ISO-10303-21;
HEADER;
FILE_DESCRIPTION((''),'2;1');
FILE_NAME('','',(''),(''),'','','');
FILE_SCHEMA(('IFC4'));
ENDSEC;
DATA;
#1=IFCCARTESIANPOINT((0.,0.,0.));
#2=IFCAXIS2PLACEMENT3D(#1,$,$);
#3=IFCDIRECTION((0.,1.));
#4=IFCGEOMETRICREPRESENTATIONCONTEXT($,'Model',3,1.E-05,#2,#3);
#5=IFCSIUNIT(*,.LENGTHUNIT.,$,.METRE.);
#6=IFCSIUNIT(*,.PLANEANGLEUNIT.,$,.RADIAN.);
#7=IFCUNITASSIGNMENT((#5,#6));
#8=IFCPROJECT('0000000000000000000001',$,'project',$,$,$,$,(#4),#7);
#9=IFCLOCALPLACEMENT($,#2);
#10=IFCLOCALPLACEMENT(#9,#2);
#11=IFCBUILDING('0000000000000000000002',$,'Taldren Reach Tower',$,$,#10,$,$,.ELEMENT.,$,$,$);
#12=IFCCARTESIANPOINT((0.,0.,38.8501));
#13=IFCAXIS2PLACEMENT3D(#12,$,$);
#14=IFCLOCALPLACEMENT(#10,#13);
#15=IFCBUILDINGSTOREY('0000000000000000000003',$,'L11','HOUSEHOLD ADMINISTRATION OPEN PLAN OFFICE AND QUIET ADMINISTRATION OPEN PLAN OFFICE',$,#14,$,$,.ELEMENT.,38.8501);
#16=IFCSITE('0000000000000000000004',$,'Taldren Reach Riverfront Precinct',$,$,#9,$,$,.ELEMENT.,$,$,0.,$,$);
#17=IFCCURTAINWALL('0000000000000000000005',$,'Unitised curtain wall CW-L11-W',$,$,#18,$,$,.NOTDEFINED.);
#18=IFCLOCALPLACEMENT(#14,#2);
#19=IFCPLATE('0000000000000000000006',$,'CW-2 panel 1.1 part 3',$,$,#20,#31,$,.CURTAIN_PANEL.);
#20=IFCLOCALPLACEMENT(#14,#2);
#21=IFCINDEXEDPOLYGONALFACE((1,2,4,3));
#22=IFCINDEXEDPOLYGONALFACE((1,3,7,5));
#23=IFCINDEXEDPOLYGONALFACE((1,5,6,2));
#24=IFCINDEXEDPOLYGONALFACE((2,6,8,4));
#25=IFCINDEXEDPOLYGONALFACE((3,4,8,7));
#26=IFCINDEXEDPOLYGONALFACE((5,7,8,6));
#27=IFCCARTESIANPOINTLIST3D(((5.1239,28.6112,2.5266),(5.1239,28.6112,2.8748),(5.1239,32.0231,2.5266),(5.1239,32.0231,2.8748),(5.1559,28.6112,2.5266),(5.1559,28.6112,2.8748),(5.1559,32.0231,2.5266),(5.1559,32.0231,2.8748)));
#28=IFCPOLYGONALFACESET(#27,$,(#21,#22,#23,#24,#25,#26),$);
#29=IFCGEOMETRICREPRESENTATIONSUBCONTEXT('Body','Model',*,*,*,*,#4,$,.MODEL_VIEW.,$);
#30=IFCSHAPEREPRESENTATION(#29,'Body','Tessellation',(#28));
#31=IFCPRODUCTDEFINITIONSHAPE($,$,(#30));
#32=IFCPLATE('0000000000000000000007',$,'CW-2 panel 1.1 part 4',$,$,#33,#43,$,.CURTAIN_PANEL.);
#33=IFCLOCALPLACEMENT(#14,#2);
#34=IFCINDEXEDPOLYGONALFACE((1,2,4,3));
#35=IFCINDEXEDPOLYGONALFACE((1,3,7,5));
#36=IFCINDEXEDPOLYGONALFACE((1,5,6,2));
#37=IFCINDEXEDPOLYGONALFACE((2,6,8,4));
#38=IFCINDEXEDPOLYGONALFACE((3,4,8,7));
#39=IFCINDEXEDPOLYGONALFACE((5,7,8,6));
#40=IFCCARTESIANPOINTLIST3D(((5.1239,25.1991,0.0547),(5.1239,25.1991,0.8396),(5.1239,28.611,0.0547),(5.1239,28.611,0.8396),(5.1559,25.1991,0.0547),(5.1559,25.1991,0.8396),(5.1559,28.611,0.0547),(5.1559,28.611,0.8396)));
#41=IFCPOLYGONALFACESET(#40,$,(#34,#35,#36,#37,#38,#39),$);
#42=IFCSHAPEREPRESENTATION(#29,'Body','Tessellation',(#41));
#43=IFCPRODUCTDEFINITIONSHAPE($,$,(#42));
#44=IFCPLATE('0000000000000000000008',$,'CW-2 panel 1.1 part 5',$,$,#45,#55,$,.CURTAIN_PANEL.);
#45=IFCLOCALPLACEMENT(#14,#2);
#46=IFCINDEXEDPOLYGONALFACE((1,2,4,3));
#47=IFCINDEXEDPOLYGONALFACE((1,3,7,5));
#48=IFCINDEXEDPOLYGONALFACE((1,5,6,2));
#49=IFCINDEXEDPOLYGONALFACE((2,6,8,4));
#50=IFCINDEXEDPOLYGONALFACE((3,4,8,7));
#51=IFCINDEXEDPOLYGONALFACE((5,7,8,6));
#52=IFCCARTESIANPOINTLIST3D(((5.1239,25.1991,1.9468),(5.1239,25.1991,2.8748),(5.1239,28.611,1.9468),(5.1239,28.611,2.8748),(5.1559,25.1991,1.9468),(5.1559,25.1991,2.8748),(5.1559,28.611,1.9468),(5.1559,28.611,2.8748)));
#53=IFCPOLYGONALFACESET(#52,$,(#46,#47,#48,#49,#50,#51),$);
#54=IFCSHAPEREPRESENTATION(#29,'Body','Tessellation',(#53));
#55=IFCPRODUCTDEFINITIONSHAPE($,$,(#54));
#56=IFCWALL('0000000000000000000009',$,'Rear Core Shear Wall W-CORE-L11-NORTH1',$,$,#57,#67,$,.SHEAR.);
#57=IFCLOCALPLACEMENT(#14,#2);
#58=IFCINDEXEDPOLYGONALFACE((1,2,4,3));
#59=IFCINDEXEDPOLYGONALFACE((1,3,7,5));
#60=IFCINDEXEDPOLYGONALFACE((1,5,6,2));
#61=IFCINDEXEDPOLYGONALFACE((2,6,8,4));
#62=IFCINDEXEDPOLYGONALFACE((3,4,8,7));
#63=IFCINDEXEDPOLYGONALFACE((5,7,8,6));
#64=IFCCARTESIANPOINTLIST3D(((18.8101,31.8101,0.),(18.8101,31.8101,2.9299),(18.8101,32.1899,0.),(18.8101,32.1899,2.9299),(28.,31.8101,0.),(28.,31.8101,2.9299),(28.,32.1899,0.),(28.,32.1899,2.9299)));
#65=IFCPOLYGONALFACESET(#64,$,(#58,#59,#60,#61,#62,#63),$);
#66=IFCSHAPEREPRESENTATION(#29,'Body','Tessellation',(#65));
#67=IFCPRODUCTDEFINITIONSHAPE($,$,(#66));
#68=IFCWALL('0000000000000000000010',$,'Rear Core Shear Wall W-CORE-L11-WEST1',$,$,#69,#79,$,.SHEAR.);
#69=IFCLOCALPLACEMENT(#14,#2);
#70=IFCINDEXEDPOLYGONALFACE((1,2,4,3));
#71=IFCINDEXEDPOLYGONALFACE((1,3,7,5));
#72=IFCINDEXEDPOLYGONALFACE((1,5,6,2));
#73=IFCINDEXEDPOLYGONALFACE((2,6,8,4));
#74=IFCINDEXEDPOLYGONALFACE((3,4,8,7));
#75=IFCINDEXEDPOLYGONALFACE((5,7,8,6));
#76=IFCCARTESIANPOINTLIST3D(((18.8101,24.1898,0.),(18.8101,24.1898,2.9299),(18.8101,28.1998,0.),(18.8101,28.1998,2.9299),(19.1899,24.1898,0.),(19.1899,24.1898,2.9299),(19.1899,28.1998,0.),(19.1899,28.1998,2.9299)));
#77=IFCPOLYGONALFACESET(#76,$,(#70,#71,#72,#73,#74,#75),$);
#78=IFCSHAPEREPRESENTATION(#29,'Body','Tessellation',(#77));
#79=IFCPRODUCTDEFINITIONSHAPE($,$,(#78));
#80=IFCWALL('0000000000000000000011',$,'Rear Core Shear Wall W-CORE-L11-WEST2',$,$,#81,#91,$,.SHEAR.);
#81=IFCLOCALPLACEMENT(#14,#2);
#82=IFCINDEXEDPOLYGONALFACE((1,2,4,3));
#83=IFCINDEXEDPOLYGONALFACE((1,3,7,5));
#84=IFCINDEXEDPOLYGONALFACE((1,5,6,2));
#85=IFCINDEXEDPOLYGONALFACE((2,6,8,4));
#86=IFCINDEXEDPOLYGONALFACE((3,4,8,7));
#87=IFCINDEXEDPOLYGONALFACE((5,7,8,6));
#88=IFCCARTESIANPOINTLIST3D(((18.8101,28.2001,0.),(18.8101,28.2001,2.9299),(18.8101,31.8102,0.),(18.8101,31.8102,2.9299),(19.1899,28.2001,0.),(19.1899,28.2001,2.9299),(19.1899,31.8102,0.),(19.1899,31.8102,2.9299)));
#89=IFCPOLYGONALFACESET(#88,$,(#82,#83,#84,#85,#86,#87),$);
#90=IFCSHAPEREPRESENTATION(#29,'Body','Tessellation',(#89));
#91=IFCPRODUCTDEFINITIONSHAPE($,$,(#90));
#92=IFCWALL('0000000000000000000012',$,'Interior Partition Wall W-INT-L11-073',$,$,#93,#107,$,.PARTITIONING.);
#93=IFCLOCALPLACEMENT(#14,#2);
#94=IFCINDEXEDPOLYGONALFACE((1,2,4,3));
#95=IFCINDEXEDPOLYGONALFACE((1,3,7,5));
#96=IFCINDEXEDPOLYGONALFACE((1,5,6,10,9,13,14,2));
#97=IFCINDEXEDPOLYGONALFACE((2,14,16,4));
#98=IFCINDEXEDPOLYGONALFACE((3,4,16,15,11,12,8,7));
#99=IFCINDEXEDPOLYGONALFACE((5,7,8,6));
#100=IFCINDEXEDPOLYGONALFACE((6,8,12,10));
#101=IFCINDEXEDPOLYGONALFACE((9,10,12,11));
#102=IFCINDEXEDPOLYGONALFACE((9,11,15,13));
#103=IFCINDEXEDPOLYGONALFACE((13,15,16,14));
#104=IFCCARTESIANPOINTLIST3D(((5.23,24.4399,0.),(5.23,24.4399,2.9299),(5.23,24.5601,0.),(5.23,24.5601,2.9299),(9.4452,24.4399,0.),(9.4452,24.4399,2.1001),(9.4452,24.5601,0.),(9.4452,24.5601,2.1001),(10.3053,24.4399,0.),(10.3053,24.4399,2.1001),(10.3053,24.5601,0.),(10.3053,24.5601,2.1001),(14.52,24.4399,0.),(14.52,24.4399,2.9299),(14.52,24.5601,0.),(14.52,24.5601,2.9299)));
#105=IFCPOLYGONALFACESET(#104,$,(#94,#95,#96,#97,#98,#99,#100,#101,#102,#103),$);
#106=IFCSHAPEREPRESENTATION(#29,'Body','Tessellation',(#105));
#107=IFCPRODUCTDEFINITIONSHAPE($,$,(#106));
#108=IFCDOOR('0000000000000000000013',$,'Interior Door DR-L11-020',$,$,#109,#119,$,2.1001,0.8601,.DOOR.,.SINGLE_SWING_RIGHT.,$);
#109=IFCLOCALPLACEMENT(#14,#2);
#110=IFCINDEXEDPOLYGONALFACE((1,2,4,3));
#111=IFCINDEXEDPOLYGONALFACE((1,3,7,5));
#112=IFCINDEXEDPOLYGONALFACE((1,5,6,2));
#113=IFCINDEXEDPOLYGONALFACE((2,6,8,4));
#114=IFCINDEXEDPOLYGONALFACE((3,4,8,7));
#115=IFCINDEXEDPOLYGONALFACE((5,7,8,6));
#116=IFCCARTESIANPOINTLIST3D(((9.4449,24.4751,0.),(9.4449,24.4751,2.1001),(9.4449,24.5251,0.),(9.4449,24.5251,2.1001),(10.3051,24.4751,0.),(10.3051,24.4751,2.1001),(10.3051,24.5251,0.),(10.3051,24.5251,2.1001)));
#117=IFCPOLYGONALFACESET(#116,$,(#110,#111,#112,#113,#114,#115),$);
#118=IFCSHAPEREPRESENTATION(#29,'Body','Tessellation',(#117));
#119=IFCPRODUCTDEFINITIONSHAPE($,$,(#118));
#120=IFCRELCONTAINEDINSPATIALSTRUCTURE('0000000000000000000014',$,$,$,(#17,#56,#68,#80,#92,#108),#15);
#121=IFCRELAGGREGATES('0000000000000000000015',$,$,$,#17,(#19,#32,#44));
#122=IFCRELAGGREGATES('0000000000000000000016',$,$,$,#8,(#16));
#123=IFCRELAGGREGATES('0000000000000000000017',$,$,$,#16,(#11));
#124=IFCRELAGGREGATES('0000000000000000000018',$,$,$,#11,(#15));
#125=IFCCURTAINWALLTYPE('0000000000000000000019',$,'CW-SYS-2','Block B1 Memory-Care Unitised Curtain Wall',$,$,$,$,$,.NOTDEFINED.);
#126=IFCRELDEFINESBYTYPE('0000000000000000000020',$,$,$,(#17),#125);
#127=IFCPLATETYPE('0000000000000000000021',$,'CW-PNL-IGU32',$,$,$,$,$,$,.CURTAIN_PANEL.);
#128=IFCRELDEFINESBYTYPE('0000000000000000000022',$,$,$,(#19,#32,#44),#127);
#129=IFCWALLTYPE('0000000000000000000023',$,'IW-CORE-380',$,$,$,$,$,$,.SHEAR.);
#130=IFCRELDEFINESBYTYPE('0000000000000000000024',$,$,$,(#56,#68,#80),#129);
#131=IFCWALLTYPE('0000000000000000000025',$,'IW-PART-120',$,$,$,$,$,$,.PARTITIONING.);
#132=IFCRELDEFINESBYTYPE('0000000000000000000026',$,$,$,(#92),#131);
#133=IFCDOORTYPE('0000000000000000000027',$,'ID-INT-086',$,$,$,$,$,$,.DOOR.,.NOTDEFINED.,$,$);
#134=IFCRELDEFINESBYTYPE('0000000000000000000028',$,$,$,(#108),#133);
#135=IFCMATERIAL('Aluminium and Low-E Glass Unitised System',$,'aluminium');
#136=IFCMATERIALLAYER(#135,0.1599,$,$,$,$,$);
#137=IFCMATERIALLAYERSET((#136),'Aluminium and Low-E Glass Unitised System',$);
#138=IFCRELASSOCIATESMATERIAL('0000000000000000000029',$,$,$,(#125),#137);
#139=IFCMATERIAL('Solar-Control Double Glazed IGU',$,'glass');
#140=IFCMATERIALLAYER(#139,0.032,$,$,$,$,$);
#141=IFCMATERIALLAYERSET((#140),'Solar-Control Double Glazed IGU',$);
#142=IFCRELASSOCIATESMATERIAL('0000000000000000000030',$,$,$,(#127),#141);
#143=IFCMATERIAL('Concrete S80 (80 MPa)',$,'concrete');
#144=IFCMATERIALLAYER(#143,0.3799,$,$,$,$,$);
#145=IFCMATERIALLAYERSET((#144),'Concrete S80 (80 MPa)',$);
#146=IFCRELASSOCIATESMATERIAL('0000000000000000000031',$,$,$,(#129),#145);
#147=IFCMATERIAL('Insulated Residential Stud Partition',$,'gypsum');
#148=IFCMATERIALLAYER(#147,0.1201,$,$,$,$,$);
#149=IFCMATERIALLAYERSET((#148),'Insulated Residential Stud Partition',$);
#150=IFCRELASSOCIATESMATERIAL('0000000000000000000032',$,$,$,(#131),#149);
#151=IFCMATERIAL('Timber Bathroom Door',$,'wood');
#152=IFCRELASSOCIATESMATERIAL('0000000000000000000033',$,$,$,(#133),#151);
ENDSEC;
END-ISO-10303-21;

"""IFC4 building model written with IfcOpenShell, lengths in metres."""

from ifc_helpers import new_model, si_unit, direction, frame, frame_2d, origin, origin_2d, place, context, subcontext, project, spatial, rectangle, extrude, source, transform, mapped, material, layer, layer_set, type_object, element, fill, aggregate, save


model = new_model("IFC4")

# Units and contexts
model_context = context("Model", 3, precision=1e-05, world=origin(), true_north=direction((0.0, 1.0)))
body_context = subcontext(model_context, "Body", "Model", "MODEL_VIEW")
ifc_project = project(units=[si_unit("LENGTHUNIT", "METRE"), si_unit("PLANEANGLEUNIT", "RADIAN")], contexts=[model_context])

# Site, building, storey
site_placement = place(None, origin())
site = spatial("IfcSite", under=ifc_project, at=site_placement, Name="Taldren Reach Riverfront Precinct", CompositionType="ELEMENT", RefElevation=0.0)
building_placement = place(site_placement, origin())
building = spatial("IfcBuilding", under=site, at=building_placement, Name="Taldren Reach Tower", CompositionType="ELEMENT")
storey_placement = place(building_placement, frame((0.0, 0.0, 38.8501)))
storey = spatial("IfcBuildingStorey", under=building, at=storey_placement, Name="L11", Description="HOUSEHOLD ADMINISTRATION OPEN PLAN OFFICE AND QUIET ADMINISTRATION OPEN PLAN OFFICE", CompositionType="ELEMENT", Elevation=38.8501)

# Curtain wall
ifc_material_1 = material(Name="Aluminium and Low-E Glass Unitised System", Category="aluminium")
ifc_layer_1 = layer(ifc_material_1, 0.1599)
ifc_layer_set_1 = layer_set([ifc_layer_1], Name="Aluminium and Low-E Glass Unitised System")
curtain_wall_type = type_object("IfcCurtainWallType", Name="CW-SYS-2", Description="Block B1 Memory-Care Unitised Curtain Wall", PredefinedType="NOTDEFINED", material=ifc_layer_set_1)
curtain_wall_placement = place(storey_placement, origin())
curtain_wall = element("IfcCurtainWall", 1, at=curtain_wall_placement, inside=storey, type_object=curtain_wall_type, Name="Unitised curtain wall CW-L11-W", PredefinedType="NOTDEFINED")

# Plates
ifc_material_2 = material(Name="Solar-Control Double Glazed IGU", Category="glass")
ifc_layer_2 = layer(ifc_material_2, 0.032)
ifc_layer_set_2 = layer_set([ifc_layer_2], Name="Solar-Control Double Glazed IGU")
plate_type_1 = type_object("IfcPlateType", Name="CW-PNL-IGU32", PredefinedType="CURTAIN_PANEL", material=ifc_layer_set_2)
shared_shape_1 = source(origin(), body_context, "Body", "SweptSolid", [
    extrude(rectangle(XDim=3.4119, YDim=0.032, at=origin_2d()), origin(), (0.0, 0.0, 1.0), 0.3481),
])
plate_1_placement = place(storey_placement, frame((5.1399, 30.3171, 2.5266), z_axis=(0.0, 0.0, 1.0), x_axis=(0.0, -1.0, 0.0)))
plate_1 = element("IfcPlate", 2, at=plate_1_placement, type_object=plate_type_1, Name="CW-2 panel 1.1 part 3", PredefinedType="CURTAIN_PANEL", context=body_context, shape_type="MappedRepresentation", body=[
    mapped(shared_shape_1, transform((0.0, 0.0, 0.0), scale=1.0)),
])
shared_shape_2 = source(origin(), body_context, "Body", "SweptSolid", [
    extrude(rectangle(XDim=3.4119, YDim=0.032, at=origin_2d()), origin(), (0.0, 0.0, 1.0), 0.7849),
])
plate_2_placement = place(storey_placement, frame((5.1399, 26.905, 0.0547), z_axis=(0.0, 0.0, 1.0), x_axis=(0.0, -1.0, 0.0)))
plate_2 = element("IfcPlate", 3, at=plate_2_placement, type_object=plate_type_1, Name="CW-2 panel 1.1 part 4", PredefinedType="CURTAIN_PANEL", context=body_context, shape_type="MappedRepresentation", body=[
    mapped(shared_shape_2, transform((0.0, 0.0, 0.0), scale=1.0)),
])
shared_shape_3 = source(origin(), body_context, "Body", "SweptSolid", [
    extrude(rectangle(XDim=3.4119, YDim=0.032, at=origin_2d()), origin(), (0.0, 0.0, 1.0), 0.928),
])
plate_3_placement = place(storey_placement, frame((5.1399, 26.905, 1.9468), z_axis=(0.0, 0.0, 1.0), x_axis=(0.0, -1.0, 0.0)))
plate_3 = element("IfcPlate", 4, at=plate_3_placement, type_object=plate_type_1, Name="CW-2 panel 1.1 part 5", PredefinedType="CURTAIN_PANEL", context=body_context, shape_type="MappedRepresentation", body=[
    mapped(shared_shape_3, transform((0.0, 0.0, 0.0), scale=1.0)),
])
aggregate(curtain_wall, [plate_1, plate_2, plate_3])

# Walls
ifc_material_3 = material(Name="Concrete S80 (80 MPa)", Category="concrete")
ifc_layer_3 = layer(ifc_material_3, 0.3799)
ifc_layer_set_3 = layer_set([ifc_layer_3], Name="Concrete S80 (80 MPa)")
wall_type_1 = type_object("IfcWallType", Name="IW-CORE-380", PredefinedType="SHEAR", material=ifc_layer_set_3)
shared_shape_4 = source(origin(), body_context, "Body", "SweptSolid", [
    extrude(rectangle(XDim=9.1899, YDim=0.3799, at=frame_2d((4.595, 0.0))), origin(), (0.0, 0.0, 1.0), 2.9299),
])
wall_1_placement = place(storey_placement, frame((18.8101, 32.0, 0.0), z_axis=(0.0, 0.0, 1.0), x_axis=(1.0, 0.0, 0.0)))
element("IfcWall", 5, at=wall_1_placement, inside=storey, type_object=wall_type_1, Name="Rear Core Shear Wall W-CORE-L11-NORTH1", PredefinedType="SHEAR", context=body_context, shape_type="MappedRepresentation", body=[
    mapped(shared_shape_4, transform((0.0, 0.0, 0.0), scale=1.0)),
])
shared_shape_5 = source(origin(), body_context, "Body", "SweptSolid", [
    extrude(rectangle(XDim=4.01, YDim=0.3799, at=frame_2d((2.0049, 0.0))), origin(), (0.0, 0.0, 1.0), 2.9299),
])
wall_2_placement = place(storey_placement, frame((19.0, 24.1899, 0.0), z_axis=(0.0, 0.0, 1.0), x_axis=(0.0, 1.0, 0.0)))
element("IfcWall", 6, at=wall_2_placement, inside=storey, type_object=wall_type_1, Name="Rear Core Shear Wall W-CORE-L11-WEST1", PredefinedType="SHEAR", context=body_context, shape_type="MappedRepresentation", body=[
    mapped(shared_shape_5, transform((0.0, 0.0, 0.0), scale=1.0)),
])
shared_shape_6 = source(origin(), body_context, "Body", "SweptSolid", [
    extrude(rectangle(XDim=3.6101, YDim=0.3799, at=frame_2d((1.8052, 0.0))), origin(), (0.0, 0.0, 1.0), 2.9299),
])
wall_3_placement = place(storey_placement, frame((19.0, 28.2, 0.0), z_axis=(0.0, 0.0, 1.0), x_axis=(0.0, 1.0, 0.0)))
element("IfcWall", 7, at=wall_3_placement, inside=storey, type_object=wall_type_1, Name="Rear Core Shear Wall W-CORE-L11-WEST2", PredefinedType="SHEAR", context=body_context, shape_type="MappedRepresentation", body=[
    mapped(shared_shape_6, transform((0.0, 0.0, 0.0), scale=1.0)),
])

# Wall, opening, door
ifc_material_4 = material(Name="Insulated Residential Stud Partition", Category="gypsum")
ifc_layer_4 = layer(ifc_material_4, 0.1201)
ifc_layer_set_4 = layer_set([ifc_layer_4], Name="Insulated Residential Stud Partition")
wall_type_2 = type_object("IfcWallType", Name="IW-PART-120", PredefinedType="PARTITIONING", material=ifc_layer_set_4)
shared_shape_7 = source(origin(), body_context, "Body", "SweptSolid", [
    extrude(rectangle(XDim=9.29, YDim=0.1201, at=frame_2d((4.645, 0.0))), origin(), (0.0, 0.0, 1.0), 2.9299),
])
wall_4_placement = place(storey_placement, frame((5.23, 24.5, 0.0), z_axis=(0.0, 0.0, 1.0), x_axis=(1.0, 0.0, 0.0)))
wall_4 = element("IfcWall", 8, at=wall_4_placement, inside=storey, type_object=wall_type_2, Name="Interior Partition Wall W-INT-L11-073", PredefinedType="PARTITIONING", context=body_context, shape_type="MappedRepresentation", body=[
    mapped(shared_shape_7, transform((0.0, 0.0, 0.0), scale=1.0)),
])
shared_shape_8 = source(origin(), body_context, "Body", "SweptSolid", [
    extrude(rectangle(XDim=0.8601, YDim=2.1001, at=frame_2d((0.4302, 1.05))), frame((0.0, 0.0701, 0.0), z_axis=(0.0, -1.0, 0.0), x_axis=(1.0, 0.0, 0.0)), (0.0, 0.0, 1.0), 0.1401),
])
opening_placement = place(wall_4_placement, frame((4.2151, 0.0, 0.0)))
opening = element("IfcOpeningElement", 9, at=opening_placement, cuts=wall_4, PredefinedType="OPENING", context=body_context, shape_type="MappedRepresentation", body=[
    mapped(shared_shape_8, transform((0.0, 0.0, 0.0), scale=1.0)),
])
ifc_material_5 = material(Name="Timber Bathroom Door", Category="wood")
door_type = type_object("IfcDoorType", Name="ID-INT-086", OperationType="NOTDEFINED", PredefinedType="DOOR", material=ifc_material_5)
shared_shape_9 = source(origin(), body_context, "Body", "SweptSolid", [
    extrude(rectangle(XDim=0.8601, YDim=2.1001, at=frame_2d((0.4302, 1.05))), frame((0.0, 0.0249, 0.0), z_axis=(0.0, -1.0, 0.0), x_axis=(1.0, 0.0, 0.0)), (0.0, 0.0, 1.0), 0.05),
])
door_placement = place(opening_placement, frame((0.8601, 0.0, 0.0), z_axis=(0.0, 0.0, 1.0), x_axis=(-1.0, 0.0, 0.0)))
door = element("IfcDoor", 10, at=door_placement, inside=storey, type_object=door_type, Name="Interior Door DR-L11-020", OperationType="SINGLE_SWING_RIGHT", OverallHeight=2.1001, OverallWidth=0.8601, PredefinedType="DOOR", context=body_context, shape_type="MappedRepresentation", body=[
    mapped(shared_shape_9, transform((0.0, 0.0, 0.0), scale=1.0)),
])
fill(opening, door)

save(model, "model.ifc")
